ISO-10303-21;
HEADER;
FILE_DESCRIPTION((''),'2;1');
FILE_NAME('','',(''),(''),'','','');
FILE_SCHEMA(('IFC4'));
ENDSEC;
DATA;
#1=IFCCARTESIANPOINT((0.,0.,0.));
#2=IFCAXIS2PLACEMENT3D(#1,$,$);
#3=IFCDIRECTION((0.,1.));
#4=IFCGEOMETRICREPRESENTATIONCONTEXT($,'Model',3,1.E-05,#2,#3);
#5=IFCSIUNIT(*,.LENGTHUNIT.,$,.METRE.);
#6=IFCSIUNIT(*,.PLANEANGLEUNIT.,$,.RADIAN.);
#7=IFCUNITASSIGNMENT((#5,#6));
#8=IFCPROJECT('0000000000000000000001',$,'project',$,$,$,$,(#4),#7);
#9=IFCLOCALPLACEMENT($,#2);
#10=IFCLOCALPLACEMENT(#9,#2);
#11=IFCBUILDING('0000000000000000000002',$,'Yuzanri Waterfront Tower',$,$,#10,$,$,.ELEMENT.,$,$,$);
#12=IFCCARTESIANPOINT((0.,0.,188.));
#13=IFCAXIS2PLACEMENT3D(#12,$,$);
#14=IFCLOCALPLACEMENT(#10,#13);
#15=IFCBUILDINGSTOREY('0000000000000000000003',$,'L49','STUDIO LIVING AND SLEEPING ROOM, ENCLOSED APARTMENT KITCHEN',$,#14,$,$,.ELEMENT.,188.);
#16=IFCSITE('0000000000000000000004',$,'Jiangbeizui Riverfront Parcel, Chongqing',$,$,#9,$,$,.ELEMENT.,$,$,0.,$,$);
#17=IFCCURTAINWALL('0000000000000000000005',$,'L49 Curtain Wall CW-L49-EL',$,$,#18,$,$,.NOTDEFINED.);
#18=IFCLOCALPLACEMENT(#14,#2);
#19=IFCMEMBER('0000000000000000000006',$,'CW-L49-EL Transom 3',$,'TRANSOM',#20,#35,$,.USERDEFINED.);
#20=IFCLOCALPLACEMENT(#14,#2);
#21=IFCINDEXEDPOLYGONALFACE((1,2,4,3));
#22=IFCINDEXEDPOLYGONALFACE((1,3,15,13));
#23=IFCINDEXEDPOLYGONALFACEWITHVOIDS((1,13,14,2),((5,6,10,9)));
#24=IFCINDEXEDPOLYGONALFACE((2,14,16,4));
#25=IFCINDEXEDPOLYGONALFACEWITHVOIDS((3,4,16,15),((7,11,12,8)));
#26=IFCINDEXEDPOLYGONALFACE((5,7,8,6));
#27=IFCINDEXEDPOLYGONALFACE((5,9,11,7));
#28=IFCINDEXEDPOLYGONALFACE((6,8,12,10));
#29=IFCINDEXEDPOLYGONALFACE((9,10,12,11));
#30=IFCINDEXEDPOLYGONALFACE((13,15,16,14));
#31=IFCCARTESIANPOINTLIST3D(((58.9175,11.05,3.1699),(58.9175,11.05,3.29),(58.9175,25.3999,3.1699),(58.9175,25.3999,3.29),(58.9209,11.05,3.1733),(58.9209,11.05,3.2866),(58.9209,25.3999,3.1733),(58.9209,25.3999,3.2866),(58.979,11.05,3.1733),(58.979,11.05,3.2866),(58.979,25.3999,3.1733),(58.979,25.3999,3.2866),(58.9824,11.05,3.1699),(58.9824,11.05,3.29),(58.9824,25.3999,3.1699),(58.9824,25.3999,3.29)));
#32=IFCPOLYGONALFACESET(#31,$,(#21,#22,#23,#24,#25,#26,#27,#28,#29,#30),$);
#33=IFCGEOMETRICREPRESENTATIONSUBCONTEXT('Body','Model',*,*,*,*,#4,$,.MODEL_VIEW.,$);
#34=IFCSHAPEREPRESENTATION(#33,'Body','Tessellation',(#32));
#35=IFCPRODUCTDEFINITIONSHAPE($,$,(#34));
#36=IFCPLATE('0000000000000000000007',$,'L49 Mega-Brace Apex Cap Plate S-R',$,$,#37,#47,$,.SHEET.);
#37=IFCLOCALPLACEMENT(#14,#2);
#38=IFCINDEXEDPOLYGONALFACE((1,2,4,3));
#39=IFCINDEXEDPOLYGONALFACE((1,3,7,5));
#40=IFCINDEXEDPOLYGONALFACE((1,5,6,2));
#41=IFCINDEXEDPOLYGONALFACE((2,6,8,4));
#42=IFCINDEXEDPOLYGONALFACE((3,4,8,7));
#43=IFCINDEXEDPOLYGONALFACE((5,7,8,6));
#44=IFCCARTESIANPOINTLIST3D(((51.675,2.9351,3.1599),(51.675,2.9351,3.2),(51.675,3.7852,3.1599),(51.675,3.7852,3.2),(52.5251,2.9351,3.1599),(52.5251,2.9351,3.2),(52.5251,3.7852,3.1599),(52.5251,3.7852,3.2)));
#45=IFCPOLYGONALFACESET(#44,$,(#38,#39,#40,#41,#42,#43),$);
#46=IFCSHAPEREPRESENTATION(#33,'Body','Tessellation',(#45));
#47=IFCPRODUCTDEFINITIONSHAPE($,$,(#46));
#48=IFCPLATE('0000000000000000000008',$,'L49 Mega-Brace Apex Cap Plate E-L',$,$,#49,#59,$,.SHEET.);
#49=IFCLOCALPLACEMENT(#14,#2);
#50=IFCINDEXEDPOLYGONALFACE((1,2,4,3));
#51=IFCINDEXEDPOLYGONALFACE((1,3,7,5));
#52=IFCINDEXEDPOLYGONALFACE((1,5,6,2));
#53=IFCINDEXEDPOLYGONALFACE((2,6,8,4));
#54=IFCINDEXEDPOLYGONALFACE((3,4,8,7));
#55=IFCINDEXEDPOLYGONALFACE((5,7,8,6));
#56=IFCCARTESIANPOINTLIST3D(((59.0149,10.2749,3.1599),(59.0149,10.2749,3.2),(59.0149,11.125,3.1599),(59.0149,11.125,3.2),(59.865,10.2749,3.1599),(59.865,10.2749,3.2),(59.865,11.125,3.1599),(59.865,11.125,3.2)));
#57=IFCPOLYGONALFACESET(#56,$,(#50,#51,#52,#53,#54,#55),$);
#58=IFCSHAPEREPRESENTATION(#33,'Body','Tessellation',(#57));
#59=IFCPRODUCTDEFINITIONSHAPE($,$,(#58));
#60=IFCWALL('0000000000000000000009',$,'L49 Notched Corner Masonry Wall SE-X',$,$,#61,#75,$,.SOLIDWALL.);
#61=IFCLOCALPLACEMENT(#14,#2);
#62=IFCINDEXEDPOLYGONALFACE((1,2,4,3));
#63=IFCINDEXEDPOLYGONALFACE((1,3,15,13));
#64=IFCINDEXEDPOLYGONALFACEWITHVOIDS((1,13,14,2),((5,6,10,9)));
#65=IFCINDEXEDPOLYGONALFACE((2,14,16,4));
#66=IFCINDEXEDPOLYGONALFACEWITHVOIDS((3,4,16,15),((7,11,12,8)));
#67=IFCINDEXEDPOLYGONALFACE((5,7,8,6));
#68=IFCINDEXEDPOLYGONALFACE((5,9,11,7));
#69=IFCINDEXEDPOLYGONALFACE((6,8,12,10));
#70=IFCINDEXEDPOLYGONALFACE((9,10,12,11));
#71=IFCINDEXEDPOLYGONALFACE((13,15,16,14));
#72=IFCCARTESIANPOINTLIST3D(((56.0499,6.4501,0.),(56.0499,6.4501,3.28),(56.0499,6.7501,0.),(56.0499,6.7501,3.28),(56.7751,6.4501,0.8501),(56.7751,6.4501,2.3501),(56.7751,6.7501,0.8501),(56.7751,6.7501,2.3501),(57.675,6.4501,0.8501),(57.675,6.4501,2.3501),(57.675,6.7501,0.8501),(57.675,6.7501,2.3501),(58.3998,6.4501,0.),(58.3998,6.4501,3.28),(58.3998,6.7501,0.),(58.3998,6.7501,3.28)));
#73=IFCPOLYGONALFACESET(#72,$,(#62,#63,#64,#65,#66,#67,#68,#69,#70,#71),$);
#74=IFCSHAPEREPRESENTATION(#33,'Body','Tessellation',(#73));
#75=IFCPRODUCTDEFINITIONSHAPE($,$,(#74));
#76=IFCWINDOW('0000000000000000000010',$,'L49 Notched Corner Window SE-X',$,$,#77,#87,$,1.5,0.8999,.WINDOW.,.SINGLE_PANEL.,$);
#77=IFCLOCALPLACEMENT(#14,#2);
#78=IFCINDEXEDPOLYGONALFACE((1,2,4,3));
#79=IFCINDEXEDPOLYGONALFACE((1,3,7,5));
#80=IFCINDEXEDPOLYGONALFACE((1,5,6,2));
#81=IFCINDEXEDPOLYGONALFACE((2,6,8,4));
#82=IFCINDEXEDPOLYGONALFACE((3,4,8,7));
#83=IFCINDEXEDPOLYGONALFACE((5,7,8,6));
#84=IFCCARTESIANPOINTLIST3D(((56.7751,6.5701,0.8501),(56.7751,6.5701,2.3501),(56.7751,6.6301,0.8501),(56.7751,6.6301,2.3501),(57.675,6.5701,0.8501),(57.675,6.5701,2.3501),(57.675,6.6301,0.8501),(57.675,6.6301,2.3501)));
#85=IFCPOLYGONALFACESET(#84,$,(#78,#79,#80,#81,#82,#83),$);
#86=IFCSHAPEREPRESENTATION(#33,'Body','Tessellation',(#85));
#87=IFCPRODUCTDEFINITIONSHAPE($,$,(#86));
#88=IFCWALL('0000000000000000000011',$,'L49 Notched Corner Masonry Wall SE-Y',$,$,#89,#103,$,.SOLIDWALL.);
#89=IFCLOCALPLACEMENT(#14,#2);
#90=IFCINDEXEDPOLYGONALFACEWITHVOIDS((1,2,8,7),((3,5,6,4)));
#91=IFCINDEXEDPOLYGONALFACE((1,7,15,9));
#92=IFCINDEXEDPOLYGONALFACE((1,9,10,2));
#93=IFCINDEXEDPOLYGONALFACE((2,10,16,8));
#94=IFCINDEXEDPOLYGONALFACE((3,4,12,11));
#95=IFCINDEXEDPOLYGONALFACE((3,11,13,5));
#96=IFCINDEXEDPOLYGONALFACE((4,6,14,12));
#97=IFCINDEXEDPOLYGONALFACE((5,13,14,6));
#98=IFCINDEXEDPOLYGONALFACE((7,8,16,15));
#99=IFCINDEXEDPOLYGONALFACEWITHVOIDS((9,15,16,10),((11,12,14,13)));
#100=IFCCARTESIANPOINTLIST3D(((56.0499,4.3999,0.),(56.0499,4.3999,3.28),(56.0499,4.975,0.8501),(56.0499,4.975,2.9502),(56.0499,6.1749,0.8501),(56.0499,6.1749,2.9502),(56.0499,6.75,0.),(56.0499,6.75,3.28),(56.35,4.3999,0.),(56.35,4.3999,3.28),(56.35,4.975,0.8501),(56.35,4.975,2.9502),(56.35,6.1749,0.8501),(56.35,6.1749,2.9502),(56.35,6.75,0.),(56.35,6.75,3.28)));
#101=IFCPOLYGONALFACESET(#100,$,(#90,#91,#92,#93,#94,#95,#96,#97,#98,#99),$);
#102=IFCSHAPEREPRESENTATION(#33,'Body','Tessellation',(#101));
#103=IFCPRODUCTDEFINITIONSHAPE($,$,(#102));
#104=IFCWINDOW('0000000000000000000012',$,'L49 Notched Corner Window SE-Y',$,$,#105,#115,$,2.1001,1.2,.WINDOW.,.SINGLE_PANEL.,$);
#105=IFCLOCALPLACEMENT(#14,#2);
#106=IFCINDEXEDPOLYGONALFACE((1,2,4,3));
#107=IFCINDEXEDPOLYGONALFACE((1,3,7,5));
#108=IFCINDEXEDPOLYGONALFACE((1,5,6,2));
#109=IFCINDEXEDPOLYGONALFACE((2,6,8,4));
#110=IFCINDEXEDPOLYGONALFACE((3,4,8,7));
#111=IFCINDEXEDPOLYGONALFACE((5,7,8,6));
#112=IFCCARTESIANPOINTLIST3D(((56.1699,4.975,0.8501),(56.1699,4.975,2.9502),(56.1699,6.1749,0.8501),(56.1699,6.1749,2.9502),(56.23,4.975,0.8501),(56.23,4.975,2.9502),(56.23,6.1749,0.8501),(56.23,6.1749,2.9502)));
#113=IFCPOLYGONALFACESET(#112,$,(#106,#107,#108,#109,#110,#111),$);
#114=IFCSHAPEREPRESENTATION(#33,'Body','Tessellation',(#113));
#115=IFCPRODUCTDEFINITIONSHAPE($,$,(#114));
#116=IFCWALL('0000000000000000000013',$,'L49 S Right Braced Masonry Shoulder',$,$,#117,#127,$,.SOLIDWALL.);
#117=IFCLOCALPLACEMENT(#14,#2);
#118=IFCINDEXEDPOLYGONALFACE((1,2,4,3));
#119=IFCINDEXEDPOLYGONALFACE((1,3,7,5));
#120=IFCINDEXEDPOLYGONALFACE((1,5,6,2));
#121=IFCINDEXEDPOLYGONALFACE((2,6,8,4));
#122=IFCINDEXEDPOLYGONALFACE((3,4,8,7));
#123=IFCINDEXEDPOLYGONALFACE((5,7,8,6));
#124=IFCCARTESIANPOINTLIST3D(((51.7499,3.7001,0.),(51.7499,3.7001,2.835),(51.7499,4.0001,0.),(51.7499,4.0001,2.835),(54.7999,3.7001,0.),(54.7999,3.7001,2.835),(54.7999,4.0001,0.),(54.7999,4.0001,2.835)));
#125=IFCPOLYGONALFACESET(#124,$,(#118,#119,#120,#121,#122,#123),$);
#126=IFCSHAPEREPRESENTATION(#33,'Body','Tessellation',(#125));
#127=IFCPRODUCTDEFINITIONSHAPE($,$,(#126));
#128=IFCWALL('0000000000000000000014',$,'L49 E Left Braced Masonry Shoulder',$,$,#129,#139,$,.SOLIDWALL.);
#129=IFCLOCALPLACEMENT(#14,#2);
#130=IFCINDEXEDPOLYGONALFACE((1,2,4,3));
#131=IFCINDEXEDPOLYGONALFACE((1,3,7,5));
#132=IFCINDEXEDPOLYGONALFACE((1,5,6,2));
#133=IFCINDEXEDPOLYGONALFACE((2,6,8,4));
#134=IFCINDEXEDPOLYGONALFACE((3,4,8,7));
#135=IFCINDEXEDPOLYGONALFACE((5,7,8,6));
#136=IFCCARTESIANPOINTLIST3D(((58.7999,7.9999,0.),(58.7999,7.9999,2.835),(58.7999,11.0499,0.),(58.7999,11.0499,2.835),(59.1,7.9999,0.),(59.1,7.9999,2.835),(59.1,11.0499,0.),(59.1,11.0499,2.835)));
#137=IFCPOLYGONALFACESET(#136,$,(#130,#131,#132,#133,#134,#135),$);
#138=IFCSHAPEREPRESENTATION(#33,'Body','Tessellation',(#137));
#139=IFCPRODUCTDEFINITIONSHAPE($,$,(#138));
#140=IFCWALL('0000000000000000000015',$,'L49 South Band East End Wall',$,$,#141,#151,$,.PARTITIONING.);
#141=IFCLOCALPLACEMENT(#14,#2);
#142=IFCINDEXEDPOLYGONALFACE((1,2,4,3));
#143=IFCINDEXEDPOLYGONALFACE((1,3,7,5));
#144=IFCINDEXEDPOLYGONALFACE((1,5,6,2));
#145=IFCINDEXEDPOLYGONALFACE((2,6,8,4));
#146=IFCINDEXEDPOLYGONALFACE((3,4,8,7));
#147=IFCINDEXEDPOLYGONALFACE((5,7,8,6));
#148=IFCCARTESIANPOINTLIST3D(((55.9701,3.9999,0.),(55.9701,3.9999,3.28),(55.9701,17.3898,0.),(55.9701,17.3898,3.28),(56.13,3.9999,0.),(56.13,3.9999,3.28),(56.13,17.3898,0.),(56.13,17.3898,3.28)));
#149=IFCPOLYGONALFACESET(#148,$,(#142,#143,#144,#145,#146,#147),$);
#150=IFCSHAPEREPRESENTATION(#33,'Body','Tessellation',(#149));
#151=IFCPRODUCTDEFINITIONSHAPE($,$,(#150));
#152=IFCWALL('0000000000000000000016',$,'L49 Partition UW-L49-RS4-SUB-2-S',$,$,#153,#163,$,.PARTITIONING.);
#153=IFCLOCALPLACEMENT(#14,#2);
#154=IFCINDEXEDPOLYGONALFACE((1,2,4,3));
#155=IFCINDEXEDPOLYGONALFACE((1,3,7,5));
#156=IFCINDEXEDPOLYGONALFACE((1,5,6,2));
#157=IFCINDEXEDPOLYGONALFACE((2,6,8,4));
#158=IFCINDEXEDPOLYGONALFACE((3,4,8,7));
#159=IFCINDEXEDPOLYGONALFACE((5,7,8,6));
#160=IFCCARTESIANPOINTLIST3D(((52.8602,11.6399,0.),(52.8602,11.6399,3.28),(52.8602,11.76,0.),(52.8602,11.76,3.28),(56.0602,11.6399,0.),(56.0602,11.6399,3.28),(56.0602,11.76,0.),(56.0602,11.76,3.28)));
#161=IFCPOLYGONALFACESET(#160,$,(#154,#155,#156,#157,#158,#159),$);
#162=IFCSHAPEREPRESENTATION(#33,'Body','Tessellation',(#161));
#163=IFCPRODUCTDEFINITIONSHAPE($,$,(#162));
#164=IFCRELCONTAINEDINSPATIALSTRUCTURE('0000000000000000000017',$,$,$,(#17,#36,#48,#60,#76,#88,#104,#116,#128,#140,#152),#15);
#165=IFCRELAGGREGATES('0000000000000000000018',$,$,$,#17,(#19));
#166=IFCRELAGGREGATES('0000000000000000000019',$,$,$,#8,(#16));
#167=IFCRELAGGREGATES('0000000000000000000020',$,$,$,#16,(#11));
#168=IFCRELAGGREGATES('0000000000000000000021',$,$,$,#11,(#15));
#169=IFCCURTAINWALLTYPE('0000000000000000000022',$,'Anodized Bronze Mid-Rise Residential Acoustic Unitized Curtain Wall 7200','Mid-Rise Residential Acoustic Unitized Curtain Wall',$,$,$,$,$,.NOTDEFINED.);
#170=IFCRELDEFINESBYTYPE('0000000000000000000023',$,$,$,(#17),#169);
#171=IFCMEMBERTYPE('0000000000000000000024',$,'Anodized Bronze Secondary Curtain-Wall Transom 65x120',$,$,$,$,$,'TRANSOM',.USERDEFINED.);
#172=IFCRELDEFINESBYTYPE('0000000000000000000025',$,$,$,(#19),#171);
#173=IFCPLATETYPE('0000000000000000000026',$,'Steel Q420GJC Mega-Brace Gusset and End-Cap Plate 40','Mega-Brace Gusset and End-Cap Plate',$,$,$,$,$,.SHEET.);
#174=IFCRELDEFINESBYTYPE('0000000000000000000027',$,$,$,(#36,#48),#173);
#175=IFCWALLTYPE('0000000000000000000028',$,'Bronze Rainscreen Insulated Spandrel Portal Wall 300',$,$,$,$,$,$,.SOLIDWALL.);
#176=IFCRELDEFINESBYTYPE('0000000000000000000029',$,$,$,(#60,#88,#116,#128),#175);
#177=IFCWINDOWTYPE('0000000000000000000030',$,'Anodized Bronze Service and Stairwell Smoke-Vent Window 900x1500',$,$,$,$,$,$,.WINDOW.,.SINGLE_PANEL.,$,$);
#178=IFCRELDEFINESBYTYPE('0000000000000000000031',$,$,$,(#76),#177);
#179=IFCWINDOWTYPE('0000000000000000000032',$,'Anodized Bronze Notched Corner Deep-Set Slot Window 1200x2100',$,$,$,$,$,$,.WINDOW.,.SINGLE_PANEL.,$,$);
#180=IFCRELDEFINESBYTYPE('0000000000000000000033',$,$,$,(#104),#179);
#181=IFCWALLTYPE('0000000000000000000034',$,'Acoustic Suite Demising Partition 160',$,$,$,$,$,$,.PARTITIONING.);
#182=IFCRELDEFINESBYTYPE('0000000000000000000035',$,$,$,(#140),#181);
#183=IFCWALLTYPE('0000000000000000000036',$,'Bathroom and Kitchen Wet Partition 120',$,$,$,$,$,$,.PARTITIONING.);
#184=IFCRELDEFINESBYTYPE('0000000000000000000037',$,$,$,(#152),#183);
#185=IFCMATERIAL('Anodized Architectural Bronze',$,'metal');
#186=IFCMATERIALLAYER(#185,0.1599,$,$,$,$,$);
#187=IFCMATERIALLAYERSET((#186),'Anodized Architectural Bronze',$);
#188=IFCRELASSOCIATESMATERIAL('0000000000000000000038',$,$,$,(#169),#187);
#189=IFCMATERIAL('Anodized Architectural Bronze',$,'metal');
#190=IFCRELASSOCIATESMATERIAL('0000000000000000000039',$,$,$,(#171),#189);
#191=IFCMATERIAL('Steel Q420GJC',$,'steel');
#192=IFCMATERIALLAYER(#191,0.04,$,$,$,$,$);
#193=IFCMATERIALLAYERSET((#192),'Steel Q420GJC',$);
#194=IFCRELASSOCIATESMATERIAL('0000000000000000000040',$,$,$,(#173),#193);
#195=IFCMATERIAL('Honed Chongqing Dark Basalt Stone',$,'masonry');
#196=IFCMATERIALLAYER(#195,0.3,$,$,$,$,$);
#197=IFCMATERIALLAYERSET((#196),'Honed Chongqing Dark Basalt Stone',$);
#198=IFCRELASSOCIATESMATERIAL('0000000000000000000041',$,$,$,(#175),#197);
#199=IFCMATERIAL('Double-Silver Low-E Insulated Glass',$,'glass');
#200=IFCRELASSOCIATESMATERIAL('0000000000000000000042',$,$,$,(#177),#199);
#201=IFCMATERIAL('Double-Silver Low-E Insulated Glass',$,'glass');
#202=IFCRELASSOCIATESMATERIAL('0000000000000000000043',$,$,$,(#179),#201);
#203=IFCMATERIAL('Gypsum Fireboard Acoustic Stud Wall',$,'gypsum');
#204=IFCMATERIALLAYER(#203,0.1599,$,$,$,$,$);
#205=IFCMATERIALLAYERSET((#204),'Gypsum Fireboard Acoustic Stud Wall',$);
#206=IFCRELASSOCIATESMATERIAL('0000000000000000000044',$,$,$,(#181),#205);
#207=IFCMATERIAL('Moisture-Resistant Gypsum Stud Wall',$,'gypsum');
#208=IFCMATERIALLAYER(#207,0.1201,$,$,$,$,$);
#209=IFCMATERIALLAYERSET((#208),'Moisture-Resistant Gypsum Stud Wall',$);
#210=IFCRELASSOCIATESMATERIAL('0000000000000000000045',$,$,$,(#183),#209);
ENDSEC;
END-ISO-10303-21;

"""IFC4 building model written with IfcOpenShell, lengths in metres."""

from ifc_helpers import new_model, si_unit, direction, frame, frame_2d, origin, origin_2d, place, context, subcontext, project, spatial, rectangle, hollow_rectangle, extrude, source, transform, mapped, material, layer, layer_set, material_profile, profile_set, type_object, element, fill, aggregate, save


model = new_model("IFC4")

# Units and contexts
model_context = context("Model", 3, precision=1e-05, world=origin(), true_north=direction((0.0, 1.0)))
body_context = subcontext(model_context, "Body", "Model", "MODEL_VIEW")
ifc_project = project(units=[si_unit("LENGTHUNIT", "METRE"), si_unit("PLANEANGLEUNIT", "RADIAN")], contexts=[model_context])

# Site, building, storey
site_placement = place(None, origin())
site = spatial("IfcSite", under=ifc_project, at=site_placement, Name="Jiangbeizui Riverfront Parcel, Chongqing", CompositionType="ELEMENT", RefElevation=0.0)
building_placement = place(site_placement, origin())
building = spatial("IfcBuilding", under=site, at=building_placement, Name="Yuzanri Waterfront Tower", CompositionType="ELEMENT")
storey_placement = place(building_placement, frame((0.0, 0.0, 188.0)))
storey = spatial("IfcBuildingStorey", under=building, at=storey_placement, Name="L49", Description="STUDIO LIVING AND SLEEPING ROOM, ENCLOSED APARTMENT KITCHEN", CompositionType="ELEMENT", Elevation=188.0)

# Curtain wall, member
ifc_material_1 = material(Name="Anodized Architectural Bronze", Category="metal")
ifc_layer_1 = layer(ifc_material_1, 0.1599)
ifc_layer_set_1 = layer_set([ifc_layer_1], Name="Anodized Architectural Bronze")
curtain_wall_type = type_object("IfcCurtainWallType", Name="Anodized Bronze Mid-Rise Residential Acoustic Unitized Curtain Wall 7200", Description="Mid-Rise Residential Acoustic Unitized Curtain Wall", PredefinedType="NOTDEFINED", material=ifc_layer_set_1)
curtain_wall_1_placement = place(storey_placement, origin())
curtain_wall_1 = element("IfcCurtainWall", 1, at=curtain_wall_1_placement, inside=storey, type_object=curtain_wall_type, Name="L49 Curtain Wall CW-L49-EL", PredefinedType="NOTDEFINED")
ifc_material_2 = material(Name="Anodized Architectural Bronze", Category="metal")
ifc_material_profile_1 = material_profile(ifc_material_2, hollow_rectangle(XDim=0.0649, YDim=0.1201, WallThickness=0.0034, at=origin_2d()), Name="CWT 65x120")
ifc_profile_set_1 = profile_set([ifc_material_profile_1], Name="Anodized Architectural Bronze")
member_type_1 = type_object("IfcMemberType", Name="Anodized Bronze Secondary Curtain-Wall Transom 65x120", ElementType="TRANSOM", PredefinedType="USERDEFINED", material=ifc_profile_set_1)
shared_shape_1 = source(origin(), body_context, "Body", "SweptSolid", [
    extrude(hollow_rectangle(XDim=0.0649, YDim=0.1201, WallThickness=0.0034, at=origin_2d()), origin(), (0.0, 0.0, 1.0), 14.3499),
])
member_1_placement = place(storey_placement, frame((58.95, 11.05, 3.23), z_axis=(0.0, 1.0, 0.0), x_axis=(-1.0, 0.0, 0.0)))
member_1 = element("IfcMember", 2, at=member_1_placement, type_object=member_type_1, Name="CW-L49-EL Transom 3", ObjectType="TRANSOM", PredefinedType="USERDEFINED", context=body_context, shape_type="MappedRepresentation", body=[
    mapped(shared_shape_1, transform((0.0, 0.0, 0.0), scale=1.0)),
])
aggregate(curtain_wall_1, [member_1])

# Plates
ifc_material_3 = material(Name="Steel Q420GJC", Category="steel")
ifc_layer_2 = layer(ifc_material_3, 0.04)
ifc_layer_set_2 = layer_set([ifc_layer_2], Name="Steel Q420GJC")
plate_type = type_object("IfcPlateType", Name="Steel Q420GJC Mega-Brace Gusset and End-Cap Plate 40", Description="Mega-Brace Gusset and End-Cap Plate", PredefinedType="SHEET", material=ifc_layer_set_2)
shared_shape_2 = source(origin(), body_context, "Body", "SweptSolid", [
    extrude(rectangle(XDim=0.8501, YDim=0.8501, at=origin_2d()), origin(), (0.0, 0.0, 1.0), 0.04),
])
for number, where, z_axis, x_axis, name in (
    (3, (52.1001, 3.3601, 3.1599), (0.0, 0.0, 1.0), (1.0, 0.0, 0.0), "L49 Mega-Brace Apex Cap Plate S-R"),
    (4, (59.4399, 10.7, 3.1599), (0.0, 0.0, 1.0), (1.0, 0.0, 0.0), "L49 Mega-Brace Apex Cap Plate E-L"),
):
    element("IfcPlate", number, at=place(storey_placement, frame(where, z_axis=z_axis, x_axis=x_axis)), inside=storey, type_object=plate_type, Name=name, PredefinedType="SHEET", context=body_context, shape_type="MappedRepresentation", body=[
        mapped(shared_shape_2, transform((0.0, 0.0, 0.0), scale=1.0)),
    ])

# Walls, openings, windows
ifc_material_4 = material(Name="Honed Chongqing Dark Basalt Stone", Category="masonry")
ifc_layer_3 = layer(ifc_material_4, 0.3)
ifc_layer_set_3 = layer_set([ifc_layer_3], Name="Honed Chongqing Dark Basalt Stone")
wall_type_1 = type_object("IfcWallType", Name="Bronze Rainscreen Insulated Spandrel Portal Wall 300", PredefinedType="SOLIDWALL", material=ifc_layer_set_3)
wall_1_placement = place(storey_placement, frame((56.05, 6.6001, 0.0), z_axis=(0.0, 0.0, 1.0), x_axis=(1.0, 0.0, 0.0)))
wall_1 = element("IfcWall", 5, at=wall_1_placement, inside=storey, type_object=wall_type_1, Name="L49 Notched Corner Masonry Wall SE-X", PredefinedType="SOLIDWALL", context=body_context, shape_type="SweptSolid", body=[
    extrude(rectangle(XDim=2.3499, YDim=0.3, at=frame_2d((1.1748, 0.0))), origin(), (0.0, 0.0, 1.0), 3.28),
])
opening_1_placement = place(wall_1_placement, frame((0.7251, 0.0, 0.8501)))
opening_1 = element("IfcOpeningElement", 6, at=opening_1_placement, cuts=wall_1, PredefinedType="OPENING", context=body_context, shape_type="SweptSolid", body=[
    extrude(rectangle(XDim=0.8999, YDim=1.5, at=frame_2d((0.45, 0.75))), frame((0.0, 0.165, 0.0), z_axis=(0.0, -1.0, 0.0), x_axis=(1.0, 0.0, 0.0)), (0.0, 0.0, 1.0), 0.3298),
])
ifc_material_5 = material(Name="Double-Silver Low-E Insulated Glass", Category="glass")
window_type_1 = type_object("IfcWindowType", Name="Anodized Bronze Service and Stairwell Smoke-Vent Window 900x1500", PartitioningType="SINGLE_PANEL", PredefinedType="WINDOW", material=ifc_material_5)
shared_shape_3 = source(origin(), body_context, "Body", "SweptSolid", [
    extrude(rectangle(XDim=0.8999, YDim=1.5, at=frame_2d((0.45, 0.75))), frame((0.0, 0.03, 0.0), z_axis=(0.0, -1.0, 0.0), x_axis=(1.0, 0.0, 0.0)), (0.0, 0.0, 1.0), 0.0601),
])
window_1_placement = place(opening_1_placement, origin())
window_1 = element("IfcWindow", 7, at=window_1_placement, inside=storey, type_object=window_type_1, Name="L49 Notched Corner Window SE-X", OverallHeight=1.5, OverallWidth=0.8999, PartitioningType="SINGLE_PANEL", PredefinedType="WINDOW", context=body_context, shape_type="MappedRepresentation", body=[
    mapped(shared_shape_3, transform((0.0, 0.0, 0.0), scale=1.0)),
])
fill(opening_1, window_1)
wall_2_placement = place(storey_placement, frame((56.2, 4.3999, 0.0), z_axis=(0.0, 0.0, 1.0), x_axis=(0.0, 1.0, 0.0)))
wall_2 = element("IfcWall", 8, at=wall_2_placement, inside=storey, type_object=wall_type_1, Name="L49 Notched Corner Masonry Wall SE-Y", PredefinedType="SOLIDWALL", context=body_context, shape_type="SweptSolid", body=[
    extrude(rectangle(XDim=2.3501, YDim=0.3, at=frame_2d((1.175, 0.0))), origin(), (0.0, 0.0, 1.0), 3.28),
])
opening_2_placement = place(wall_2_placement, frame((0.575, 0.0, 0.8501)))
opening_2 = element("IfcOpeningElement", 9, at=opening_2_placement, cuts=wall_2, PredefinedType="OPENING", context=body_context, shape_type="SweptSolid", body=[
    extrude(rectangle(XDim=1.2, YDim=2.1001, at=frame_2d((0.6001, 1.05))), frame((0.0, 0.165, 0.0), z_axis=(0.0, -1.0, 0.0), x_axis=(1.0, 0.0, 0.0)), (0.0, 0.0, 1.0), 0.3298),
])
ifc_material_6 = material(Name="Double-Silver Low-E Insulated Glass", Category="glass")
window_type_2 = type_object("IfcWindowType", Name="Anodized Bronze Notched Corner Deep-Set Slot Window 1200x2100", PartitioningType="SINGLE_PANEL", PredefinedType="WINDOW", material=ifc_material_6)
shared_shape_4 = source(origin(), body_context, "Body", "SweptSolid", [
    extrude(rectangle(XDim=1.2, YDim=2.1001, at=frame_2d((0.6001, 1.05))), frame((0.0, 0.03, 0.0), z_axis=(0.0, -1.0, 0.0), x_axis=(1.0, 0.0, 0.0)), (0.0, 0.0, 1.0), 0.0601),
])
window_2_placement = place(opening_2_placement, origin())
window_2 = element("IfcWindow", 10, at=window_2_placement, inside=storey, type_object=window_type_2, Name="L49 Notched Corner Window SE-Y", OverallHeight=2.1001, OverallWidth=1.2, PartitioningType="SINGLE_PANEL", PredefinedType="WINDOW", context=body_context, shape_type="MappedRepresentation", body=[
    mapped(shared_shape_4, transform((0.0, 0.0, 0.0), scale=1.0)),
])
fill(opening_2, window_2)

# Walls
shared_shape_5 = source(origin(), body_context, "Body", "SweptSolid", [
    extrude(rectangle(XDim=3.05, YDim=0.3, at=frame_2d((1.5249, 0.0))), origin(), (0.0, 0.0, 1.0), 2.835),
])
for number, where, z_axis, x_axis, name in (
    (11, (51.75, 3.8501, 0.0), (0.0, 0.0, 1.0), (1.0, 0.0, 0.0), "L49 S Right Braced Masonry Shoulder"),
    (12, (58.95, 8.0, 0.0), (0.0, 0.0, 1.0), (0.0, 1.0, 0.0), "L49 E Left Braced Masonry Shoulder"),
):
    element("IfcWall", number, at=place(storey_placement, frame(where, z_axis=z_axis, x_axis=x_axis)), inside=storey, type_object=wall_type_1, Name=name, PredefinedType="SOLIDWALL", context=body_context, shape_type="MappedRepresentation", body=[
        mapped(shared_shape_5, transform((0.0, 0.0, 0.0), scale=1.0)),
    ])
ifc_material_7 = material(Name="Gypsum Fireboard Acoustic Stud Wall", Category="gypsum")
ifc_layer_4 = layer(ifc_material_7, 0.1599)
ifc_layer_set_4 = layer_set([ifc_layer_4], Name="Gypsum Fireboard Acoustic Stud Wall")
wall_type_2 = type_object("IfcWallType", Name="Acoustic Suite Demising Partition 160", PredefinedType="PARTITIONING", material=ifc_layer_set_4)
shared_shape_6 = source(origin(), body_context, "Body", "SweptSolid", [
    extrude(rectangle(XDim=13.3899, YDim=0.1599, at=frame_2d((6.6948, 0.0))), origin(), (0.0, 0.0, 1.0), 3.28),
])
wall_3_placement = place(storey_placement, frame((56.05, 4.0, 0.0), z_axis=(0.0, 0.0, 1.0), x_axis=(0.0, 1.0, 0.0)))
element("IfcWall", 13, at=wall_3_placement, inside=storey, type_object=wall_type_2, Name="L49 South Band East End Wall", PredefinedType="PARTITIONING", context=body_context, shape_type="MappedRepresentation", body=[
    mapped(shared_shape_6, transform((0.0, 0.0, 0.0), scale=1.0)),
])
ifc_material_8 = material(Name="Moisture-Resistant Gypsum Stud Wall", Category="gypsum")
ifc_layer_5 = layer(ifc_material_8, 0.1201)
ifc_layer_set_5 = layer_set([ifc_layer_5], Name="Moisture-Resistant Gypsum Stud Wall")
wall_type_3 = type_object("IfcWallType", Name="Bathroom and Kitchen Wet Partition 120", PredefinedType="PARTITIONING", material=ifc_layer_set_5)
shared_shape_7 = source(origin(), body_context, "Body", "SweptSolid", [
    extrude(rectangle(XDim=3.2, YDim=0.1201, at=frame_2d((1.6001, 0.0))), origin(), (0.0, 0.0, 1.0), 3.28),
])
wall_4_placement = place(storey_placement, frame((52.8601, 11.7, 0.0), z_axis=(0.0, 0.0, 1.0), x_axis=(1.0, 0.0, 0.0)))
element("IfcWall", 14, at=wall_4_placement, inside=storey, type_object=wall_type_3, Name="L49 Partition UW-L49-RS4-SUB-2-S", PredefinedType="PARTITIONING", context=body_context, shape_type="MappedRepresentation", body=[
    mapped(shared_shape_7, transform((0.0, 0.0, 0.0), scale=1.0)),
])

save(model, "model.ifc")
